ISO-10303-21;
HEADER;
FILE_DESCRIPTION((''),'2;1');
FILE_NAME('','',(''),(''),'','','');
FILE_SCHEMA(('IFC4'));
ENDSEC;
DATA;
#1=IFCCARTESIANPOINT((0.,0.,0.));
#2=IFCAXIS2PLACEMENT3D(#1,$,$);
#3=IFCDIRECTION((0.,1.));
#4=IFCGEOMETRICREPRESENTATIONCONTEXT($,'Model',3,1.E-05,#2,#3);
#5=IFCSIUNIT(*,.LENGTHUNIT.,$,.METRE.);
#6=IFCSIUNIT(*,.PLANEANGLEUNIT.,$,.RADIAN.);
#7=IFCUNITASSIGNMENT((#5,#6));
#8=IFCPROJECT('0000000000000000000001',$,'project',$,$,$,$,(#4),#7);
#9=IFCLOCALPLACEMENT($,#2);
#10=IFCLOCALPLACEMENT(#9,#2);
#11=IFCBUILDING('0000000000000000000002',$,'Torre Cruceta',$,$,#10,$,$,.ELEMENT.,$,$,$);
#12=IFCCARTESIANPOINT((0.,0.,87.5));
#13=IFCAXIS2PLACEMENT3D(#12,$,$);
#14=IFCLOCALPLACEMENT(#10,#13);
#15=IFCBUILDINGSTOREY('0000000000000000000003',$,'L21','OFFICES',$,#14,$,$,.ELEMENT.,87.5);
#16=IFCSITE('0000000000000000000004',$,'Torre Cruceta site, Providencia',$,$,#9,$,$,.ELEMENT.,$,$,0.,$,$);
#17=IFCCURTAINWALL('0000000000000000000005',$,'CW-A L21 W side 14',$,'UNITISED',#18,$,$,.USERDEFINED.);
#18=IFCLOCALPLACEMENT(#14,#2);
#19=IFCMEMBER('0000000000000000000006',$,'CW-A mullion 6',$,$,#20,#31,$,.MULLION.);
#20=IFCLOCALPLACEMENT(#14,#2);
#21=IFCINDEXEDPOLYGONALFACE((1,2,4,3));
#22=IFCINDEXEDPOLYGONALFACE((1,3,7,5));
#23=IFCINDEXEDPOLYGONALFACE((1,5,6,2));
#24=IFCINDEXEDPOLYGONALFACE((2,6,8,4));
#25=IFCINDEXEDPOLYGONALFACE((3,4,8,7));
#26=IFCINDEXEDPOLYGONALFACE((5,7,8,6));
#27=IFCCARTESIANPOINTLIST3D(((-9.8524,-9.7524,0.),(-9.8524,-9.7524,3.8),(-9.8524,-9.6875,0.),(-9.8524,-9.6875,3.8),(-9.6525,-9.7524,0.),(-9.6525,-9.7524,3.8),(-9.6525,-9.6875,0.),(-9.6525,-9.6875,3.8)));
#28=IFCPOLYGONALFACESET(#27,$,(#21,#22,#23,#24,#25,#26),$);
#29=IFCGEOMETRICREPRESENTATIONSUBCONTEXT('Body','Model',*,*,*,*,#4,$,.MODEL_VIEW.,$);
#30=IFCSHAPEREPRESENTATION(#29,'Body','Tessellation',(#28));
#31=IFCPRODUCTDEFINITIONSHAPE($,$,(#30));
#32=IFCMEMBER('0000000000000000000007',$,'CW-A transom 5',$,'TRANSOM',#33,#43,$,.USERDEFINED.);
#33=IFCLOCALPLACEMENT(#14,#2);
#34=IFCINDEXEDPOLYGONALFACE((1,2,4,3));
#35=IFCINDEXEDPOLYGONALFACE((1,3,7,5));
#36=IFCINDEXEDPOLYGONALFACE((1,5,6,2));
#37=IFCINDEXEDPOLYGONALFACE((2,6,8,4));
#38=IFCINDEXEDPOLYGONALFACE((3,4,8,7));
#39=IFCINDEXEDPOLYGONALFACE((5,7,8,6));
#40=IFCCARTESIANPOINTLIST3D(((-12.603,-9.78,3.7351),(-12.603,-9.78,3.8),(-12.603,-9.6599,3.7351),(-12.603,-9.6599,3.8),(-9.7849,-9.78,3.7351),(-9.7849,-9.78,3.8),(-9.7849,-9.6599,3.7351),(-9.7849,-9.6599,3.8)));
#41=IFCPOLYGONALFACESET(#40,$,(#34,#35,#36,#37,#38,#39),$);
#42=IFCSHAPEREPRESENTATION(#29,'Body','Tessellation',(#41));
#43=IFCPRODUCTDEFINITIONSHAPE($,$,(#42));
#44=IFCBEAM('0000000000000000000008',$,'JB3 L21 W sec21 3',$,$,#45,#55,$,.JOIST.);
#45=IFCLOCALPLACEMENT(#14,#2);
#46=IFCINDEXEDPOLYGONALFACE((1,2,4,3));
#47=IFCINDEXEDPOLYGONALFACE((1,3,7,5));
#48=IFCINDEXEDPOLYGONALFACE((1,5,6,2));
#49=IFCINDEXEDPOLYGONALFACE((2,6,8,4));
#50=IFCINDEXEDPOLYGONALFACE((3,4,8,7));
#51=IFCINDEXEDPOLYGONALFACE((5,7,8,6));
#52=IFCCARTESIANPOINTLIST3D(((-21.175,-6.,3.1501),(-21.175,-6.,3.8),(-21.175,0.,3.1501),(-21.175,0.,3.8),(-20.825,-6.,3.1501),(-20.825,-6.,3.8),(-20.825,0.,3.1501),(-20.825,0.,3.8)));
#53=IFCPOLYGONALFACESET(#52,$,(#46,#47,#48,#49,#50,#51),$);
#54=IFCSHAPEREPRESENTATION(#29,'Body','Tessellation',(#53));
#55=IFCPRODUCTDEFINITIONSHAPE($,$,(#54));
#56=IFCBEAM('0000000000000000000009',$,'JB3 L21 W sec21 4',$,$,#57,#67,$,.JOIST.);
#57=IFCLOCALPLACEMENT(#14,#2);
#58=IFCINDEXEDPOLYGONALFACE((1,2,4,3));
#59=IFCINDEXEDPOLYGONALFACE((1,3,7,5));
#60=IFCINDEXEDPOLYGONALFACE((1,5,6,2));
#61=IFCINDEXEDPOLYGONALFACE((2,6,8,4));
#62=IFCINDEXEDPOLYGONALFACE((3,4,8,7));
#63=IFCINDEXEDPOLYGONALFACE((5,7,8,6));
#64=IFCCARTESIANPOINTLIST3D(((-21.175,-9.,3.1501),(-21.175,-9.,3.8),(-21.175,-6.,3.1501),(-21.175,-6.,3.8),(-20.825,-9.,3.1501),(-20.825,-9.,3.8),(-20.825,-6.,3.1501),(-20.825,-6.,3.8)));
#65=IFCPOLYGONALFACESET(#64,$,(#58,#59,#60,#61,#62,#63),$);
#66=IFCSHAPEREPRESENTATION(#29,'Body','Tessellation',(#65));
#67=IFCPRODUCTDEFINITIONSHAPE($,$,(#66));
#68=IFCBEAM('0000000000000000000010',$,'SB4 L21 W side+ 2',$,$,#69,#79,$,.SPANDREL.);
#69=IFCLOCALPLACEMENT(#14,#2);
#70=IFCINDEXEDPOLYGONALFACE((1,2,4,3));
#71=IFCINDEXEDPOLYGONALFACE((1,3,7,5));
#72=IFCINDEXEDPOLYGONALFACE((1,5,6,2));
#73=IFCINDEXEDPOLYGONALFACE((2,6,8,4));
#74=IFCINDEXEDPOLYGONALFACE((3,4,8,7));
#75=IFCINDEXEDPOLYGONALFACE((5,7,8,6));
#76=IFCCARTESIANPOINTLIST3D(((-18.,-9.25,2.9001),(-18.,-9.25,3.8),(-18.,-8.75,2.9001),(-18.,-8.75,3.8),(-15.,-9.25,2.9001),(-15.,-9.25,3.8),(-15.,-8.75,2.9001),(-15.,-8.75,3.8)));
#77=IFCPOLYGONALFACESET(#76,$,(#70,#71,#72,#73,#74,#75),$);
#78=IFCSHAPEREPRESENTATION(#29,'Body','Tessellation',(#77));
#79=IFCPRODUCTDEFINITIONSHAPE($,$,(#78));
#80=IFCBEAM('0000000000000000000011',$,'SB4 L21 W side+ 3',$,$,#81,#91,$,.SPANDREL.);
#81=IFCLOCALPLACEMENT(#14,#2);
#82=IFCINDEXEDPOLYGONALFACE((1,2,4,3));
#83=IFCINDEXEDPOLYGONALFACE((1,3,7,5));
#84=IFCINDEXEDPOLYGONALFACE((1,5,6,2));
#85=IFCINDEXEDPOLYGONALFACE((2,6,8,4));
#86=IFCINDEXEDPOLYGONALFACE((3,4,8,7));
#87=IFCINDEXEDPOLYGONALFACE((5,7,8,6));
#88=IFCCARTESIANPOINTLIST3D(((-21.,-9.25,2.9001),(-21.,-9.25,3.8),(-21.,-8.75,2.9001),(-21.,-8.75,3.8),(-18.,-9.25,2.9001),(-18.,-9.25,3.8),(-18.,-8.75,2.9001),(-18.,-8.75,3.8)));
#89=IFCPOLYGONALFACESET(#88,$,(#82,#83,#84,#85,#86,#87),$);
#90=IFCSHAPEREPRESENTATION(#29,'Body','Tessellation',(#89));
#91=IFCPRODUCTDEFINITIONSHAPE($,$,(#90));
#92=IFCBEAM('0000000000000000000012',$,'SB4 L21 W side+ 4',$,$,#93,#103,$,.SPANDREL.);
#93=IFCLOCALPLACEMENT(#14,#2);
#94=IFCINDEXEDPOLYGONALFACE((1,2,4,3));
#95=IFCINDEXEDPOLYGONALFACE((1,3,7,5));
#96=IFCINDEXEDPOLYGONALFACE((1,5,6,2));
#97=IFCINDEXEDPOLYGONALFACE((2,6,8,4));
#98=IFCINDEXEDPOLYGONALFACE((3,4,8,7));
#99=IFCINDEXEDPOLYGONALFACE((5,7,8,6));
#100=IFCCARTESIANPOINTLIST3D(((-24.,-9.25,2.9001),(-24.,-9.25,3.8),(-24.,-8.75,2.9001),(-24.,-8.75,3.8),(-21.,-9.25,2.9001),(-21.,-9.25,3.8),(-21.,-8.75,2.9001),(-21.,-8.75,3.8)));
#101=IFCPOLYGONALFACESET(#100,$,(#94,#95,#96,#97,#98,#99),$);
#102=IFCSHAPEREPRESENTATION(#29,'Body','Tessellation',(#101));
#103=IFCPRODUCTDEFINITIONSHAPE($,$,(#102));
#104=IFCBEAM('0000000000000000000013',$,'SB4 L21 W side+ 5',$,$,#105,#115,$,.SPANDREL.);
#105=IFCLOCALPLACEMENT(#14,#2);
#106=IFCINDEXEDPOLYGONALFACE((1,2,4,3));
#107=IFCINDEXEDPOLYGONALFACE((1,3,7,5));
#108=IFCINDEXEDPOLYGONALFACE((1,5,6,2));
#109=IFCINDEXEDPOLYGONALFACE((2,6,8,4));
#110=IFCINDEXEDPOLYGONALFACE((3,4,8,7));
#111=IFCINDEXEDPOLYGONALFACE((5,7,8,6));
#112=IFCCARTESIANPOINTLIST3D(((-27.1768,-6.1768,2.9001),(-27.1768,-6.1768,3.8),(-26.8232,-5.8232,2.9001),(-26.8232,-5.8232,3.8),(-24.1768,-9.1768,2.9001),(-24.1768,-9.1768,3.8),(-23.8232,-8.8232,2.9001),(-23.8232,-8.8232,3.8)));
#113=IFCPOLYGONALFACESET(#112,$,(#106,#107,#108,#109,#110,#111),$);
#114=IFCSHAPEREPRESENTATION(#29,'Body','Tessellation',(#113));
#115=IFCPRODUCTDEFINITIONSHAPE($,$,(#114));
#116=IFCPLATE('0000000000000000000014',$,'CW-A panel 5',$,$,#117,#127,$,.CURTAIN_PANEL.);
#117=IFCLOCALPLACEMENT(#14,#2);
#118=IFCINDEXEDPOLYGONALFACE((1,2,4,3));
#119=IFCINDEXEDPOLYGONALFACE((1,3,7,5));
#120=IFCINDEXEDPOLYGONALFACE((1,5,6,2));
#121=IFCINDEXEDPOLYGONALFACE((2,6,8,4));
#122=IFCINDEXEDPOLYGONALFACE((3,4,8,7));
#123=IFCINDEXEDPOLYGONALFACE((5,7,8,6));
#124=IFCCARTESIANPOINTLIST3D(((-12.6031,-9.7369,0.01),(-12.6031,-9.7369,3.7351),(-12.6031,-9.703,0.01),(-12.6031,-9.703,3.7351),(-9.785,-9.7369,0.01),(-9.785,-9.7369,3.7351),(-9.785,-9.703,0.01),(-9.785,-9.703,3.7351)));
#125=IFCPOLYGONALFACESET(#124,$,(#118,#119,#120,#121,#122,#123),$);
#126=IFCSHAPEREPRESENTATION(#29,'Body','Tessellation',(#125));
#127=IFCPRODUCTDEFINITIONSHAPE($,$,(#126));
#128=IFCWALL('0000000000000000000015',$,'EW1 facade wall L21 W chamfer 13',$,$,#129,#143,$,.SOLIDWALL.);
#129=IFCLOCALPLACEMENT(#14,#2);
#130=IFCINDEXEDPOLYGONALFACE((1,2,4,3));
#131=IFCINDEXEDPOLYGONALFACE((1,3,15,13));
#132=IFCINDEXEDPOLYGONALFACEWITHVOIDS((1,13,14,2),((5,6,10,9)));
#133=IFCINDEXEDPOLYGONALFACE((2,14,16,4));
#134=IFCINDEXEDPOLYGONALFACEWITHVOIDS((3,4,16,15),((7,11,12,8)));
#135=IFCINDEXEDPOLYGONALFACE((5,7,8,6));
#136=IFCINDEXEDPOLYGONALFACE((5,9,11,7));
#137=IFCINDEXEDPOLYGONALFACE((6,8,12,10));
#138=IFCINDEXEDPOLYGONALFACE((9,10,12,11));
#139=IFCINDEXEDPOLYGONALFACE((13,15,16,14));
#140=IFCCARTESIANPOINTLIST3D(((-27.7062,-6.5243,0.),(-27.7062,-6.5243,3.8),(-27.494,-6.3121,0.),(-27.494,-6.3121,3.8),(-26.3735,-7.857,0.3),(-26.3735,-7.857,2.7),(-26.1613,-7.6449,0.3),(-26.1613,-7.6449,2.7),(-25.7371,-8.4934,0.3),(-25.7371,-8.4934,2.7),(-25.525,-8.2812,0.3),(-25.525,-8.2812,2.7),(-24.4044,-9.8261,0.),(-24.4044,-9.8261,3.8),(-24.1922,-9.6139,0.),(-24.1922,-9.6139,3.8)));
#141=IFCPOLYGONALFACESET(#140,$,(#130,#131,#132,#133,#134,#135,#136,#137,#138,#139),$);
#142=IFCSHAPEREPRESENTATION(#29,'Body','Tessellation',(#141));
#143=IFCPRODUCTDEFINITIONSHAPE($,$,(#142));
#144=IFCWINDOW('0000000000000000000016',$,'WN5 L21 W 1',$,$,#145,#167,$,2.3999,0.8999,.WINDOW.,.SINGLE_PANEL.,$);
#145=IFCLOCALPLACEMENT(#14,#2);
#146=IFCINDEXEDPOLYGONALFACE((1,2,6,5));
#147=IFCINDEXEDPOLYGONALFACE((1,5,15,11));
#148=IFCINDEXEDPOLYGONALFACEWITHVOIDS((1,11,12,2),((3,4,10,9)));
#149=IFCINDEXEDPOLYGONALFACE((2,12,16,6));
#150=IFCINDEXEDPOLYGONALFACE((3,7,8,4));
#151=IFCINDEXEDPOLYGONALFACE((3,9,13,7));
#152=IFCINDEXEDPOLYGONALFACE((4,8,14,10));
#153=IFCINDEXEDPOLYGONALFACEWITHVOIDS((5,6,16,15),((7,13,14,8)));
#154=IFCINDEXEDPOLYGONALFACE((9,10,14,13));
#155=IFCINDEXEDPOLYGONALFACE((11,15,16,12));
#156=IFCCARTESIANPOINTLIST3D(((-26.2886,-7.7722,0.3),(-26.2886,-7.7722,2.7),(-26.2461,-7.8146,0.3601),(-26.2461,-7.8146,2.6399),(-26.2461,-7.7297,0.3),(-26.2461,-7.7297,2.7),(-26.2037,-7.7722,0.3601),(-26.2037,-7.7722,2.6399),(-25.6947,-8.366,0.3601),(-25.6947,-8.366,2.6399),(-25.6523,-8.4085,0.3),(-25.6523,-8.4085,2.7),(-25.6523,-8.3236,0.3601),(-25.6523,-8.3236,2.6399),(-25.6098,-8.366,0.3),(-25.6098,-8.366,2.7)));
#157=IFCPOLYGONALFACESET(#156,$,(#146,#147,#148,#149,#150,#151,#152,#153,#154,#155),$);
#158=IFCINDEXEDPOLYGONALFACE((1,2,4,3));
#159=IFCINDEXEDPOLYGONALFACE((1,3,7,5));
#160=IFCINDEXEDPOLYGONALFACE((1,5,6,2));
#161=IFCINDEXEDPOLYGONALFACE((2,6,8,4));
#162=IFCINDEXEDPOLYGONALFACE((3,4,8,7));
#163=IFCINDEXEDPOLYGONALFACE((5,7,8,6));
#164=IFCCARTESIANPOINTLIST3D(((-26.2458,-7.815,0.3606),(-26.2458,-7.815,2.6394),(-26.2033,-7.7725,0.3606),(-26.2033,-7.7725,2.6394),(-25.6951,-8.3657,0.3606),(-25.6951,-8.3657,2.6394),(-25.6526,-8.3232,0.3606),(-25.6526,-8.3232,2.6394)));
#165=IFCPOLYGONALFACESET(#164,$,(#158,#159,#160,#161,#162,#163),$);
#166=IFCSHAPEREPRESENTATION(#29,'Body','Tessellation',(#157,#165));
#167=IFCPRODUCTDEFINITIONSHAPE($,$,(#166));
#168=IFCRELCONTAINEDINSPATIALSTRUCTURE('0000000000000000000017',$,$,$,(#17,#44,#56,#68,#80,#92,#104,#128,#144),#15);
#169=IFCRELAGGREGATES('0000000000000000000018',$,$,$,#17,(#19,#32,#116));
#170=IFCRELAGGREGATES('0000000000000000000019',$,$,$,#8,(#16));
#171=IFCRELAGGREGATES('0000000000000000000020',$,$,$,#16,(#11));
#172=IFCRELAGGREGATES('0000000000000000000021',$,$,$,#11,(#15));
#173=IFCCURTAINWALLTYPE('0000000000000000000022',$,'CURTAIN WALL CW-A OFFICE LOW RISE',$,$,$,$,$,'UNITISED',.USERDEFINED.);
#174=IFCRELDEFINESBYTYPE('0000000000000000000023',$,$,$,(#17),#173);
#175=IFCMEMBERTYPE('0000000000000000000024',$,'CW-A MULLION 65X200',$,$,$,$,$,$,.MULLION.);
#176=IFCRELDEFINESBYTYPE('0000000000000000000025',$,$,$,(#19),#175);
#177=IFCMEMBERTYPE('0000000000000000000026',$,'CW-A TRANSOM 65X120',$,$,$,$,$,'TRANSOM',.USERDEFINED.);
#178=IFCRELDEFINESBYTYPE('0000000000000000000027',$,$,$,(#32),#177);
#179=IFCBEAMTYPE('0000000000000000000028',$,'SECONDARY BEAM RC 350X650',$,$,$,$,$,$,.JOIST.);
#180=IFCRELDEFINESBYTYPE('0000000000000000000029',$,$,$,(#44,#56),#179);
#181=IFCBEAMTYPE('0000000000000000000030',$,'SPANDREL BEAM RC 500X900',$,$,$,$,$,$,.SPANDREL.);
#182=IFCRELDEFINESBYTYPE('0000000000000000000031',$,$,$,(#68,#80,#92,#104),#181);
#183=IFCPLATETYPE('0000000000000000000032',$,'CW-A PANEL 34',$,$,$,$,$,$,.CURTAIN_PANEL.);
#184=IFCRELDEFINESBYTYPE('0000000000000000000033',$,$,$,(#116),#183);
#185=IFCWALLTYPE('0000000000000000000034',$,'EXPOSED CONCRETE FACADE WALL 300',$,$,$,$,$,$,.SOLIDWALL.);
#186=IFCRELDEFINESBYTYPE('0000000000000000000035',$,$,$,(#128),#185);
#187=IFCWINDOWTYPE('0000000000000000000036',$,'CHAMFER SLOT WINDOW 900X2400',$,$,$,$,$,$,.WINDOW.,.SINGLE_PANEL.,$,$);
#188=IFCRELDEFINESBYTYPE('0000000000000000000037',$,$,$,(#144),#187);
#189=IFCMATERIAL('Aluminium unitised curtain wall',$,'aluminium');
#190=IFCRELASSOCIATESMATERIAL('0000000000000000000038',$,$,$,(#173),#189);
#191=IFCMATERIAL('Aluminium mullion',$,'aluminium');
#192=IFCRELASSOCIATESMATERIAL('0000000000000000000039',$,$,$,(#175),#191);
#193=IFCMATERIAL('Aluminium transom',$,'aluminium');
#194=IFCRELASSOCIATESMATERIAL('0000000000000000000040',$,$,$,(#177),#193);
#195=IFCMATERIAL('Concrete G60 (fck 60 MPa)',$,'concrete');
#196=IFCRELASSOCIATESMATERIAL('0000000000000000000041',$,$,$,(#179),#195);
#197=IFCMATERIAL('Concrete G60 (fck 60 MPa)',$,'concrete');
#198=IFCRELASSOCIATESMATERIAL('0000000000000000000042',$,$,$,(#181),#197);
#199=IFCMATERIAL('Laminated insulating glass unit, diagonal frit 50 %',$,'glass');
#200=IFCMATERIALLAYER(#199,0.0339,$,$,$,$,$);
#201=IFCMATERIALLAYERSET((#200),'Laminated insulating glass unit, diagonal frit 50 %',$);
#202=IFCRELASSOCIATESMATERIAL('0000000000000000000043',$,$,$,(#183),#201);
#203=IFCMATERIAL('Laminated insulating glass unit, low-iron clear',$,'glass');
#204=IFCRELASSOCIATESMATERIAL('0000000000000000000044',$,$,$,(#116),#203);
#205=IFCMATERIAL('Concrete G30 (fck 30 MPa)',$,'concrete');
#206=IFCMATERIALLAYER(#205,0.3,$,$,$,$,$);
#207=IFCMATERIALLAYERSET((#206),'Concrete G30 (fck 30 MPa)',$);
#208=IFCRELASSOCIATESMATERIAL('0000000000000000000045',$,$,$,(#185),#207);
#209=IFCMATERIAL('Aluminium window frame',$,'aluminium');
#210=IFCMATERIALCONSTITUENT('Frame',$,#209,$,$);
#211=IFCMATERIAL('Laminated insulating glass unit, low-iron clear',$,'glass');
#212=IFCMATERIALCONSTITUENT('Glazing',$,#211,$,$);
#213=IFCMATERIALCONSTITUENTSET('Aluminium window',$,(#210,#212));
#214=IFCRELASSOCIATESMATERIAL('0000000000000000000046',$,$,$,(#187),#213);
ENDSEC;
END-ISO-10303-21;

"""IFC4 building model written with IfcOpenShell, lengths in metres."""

from ifc_helpers import new_model, si_unit, direction, frame, frame_2d, origin, origin_2d, place, context, subcontext, project, spatial, rectangle, hollow_rectangle, extrude, material, layer, layer_set, constituent, constituent_set, material_profile, profile_set, type_object, element, fill, aggregate, save


model = new_model("IFC4")

# Units and contexts
model_context = context("Model", 3, precision=1e-05, world=origin(), true_north=direction((0.0, 1.0)))
body_context = subcontext(model_context, "Body", "Model", "MODEL_VIEW")
ifc_project = project(units=[si_unit("LENGTHUNIT", "METRE"), si_unit("PLANEANGLEUNIT", "RADIAN")], contexts=[model_context])

# Site, building, storey
site_placement = place(None, origin())
site = spatial("IfcSite", under=ifc_project, at=site_placement, Name="Torre Cruceta site, Providencia", CompositionType="ELEMENT", RefElevation=0.0)
building_placement = place(site_placement, origin())
building = spatial("IfcBuilding", under=site, at=building_placement, Name="Torre Cruceta", CompositionType="ELEMENT")
storey_placement = place(building_placement, frame((0.0, 0.0, 87.5)))
storey = spatial("IfcBuildingStorey", under=building, at=storey_placement, Name="L21", Description="OFFICES", CompositionType="ELEMENT", Elevation=87.5)

# Curtain wall, members
ifc_material_1 = material(Name="Aluminium unitised curtain wall", Category="aluminium")
curtain_wall_type = type_object("IfcCurtainWallType", Name="CURTAIN WALL CW-A OFFICE LOW RISE", ElementType="UNITISED", PredefinedType="USERDEFINED", material=ifc_material_1)
curtain_wall_placement = place(storey_placement, origin())
curtain_wall = element("IfcCurtainWall", 1, at=curtain_wall_placement, inside=storey, type_object=curtain_wall_type, Name="CW-A L21 W side 14", ObjectType="UNITISED", PredefinedType="USERDEFINED")
ifc_material_2 = material(Name="Aluminium mullion", Category="aluminium")
ifc_material_profile_1 = material_profile(ifc_material_2, rectangle(XDim=0.0649, YDim=0.2, at=origin_2d()), Name="AL 65X200")
ifc_profile_set_1 = profile_set([ifc_material_profile_1], Name="Aluminium mullion")
member_type_1 = type_object("IfcMemberType", Name="CW-A MULLION 65X200", PredefinedType="MULLION", material=ifc_profile_set_1)
member_1_placement = place(storey_placement, frame((-9.7524, -9.72, 0.0), z_axis=(0.0, 0.0, 1.0), x_axis=(0.0, 1.0, 0.0)))
member_1 = element("IfcMember", 2, at=member_1_placement, type_object=member_type_1, Name="CW-A mullion 6", PredefinedType="MULLION", context=body_context, shape_type="SweptSolid", body=[
    extrude(rectangle(XDim=0.0649, YDim=0.2, at=origin_2d()), origin(), (0.0, 0.0, 1.0), 3.8),
])
ifc_material_3 = material(Name="Aluminium transom", Category="aluminium")
ifc_material_profile_2 = material_profile(ifc_material_3, rectangle(XDim=0.1201, YDim=0.0649, at=origin_2d()), Name="AL 120X65")
ifc_profile_set_2 = profile_set([ifc_material_profile_2], Name="Aluminium transom")
member_type_2 = type_object("IfcMemberType", Name="CW-A TRANSOM 65X120", ElementType="TRANSOM", PredefinedType="USERDEFINED", material=ifc_profile_set_2)
member_2_placement = place(storey_placement, frame((-12.603, -9.72, 3.7676), z_axis=(1.0, 0.0, 0.0), x_axis=(0.0, 1.0, 0.0)))
member_2 = element("IfcMember", 3, at=member_2_placement, type_object=member_type_2, Name="CW-A transom 5", ObjectType="TRANSOM", PredefinedType="USERDEFINED", context=body_context, shape_type="SweptSolid", body=[
    extrude(rectangle(XDim=0.1201, YDim=0.0649, at=origin_2d()), origin(), (0.0, 0.0, 1.0), 2.8181),
])

# Beams
ifc_material_4 = material(Name="Concrete G60 (fck 60 MPa)", Category="concrete")
ifc_material_profile_3 = material_profile(ifc_material_4, rectangle(XDim=0.3501, YDim=0.6499, at=origin_2d()), Name="RC 350X650")
ifc_profile_set_3 = profile_set([ifc_material_profile_3], Name="Concrete G60 (fck 60 MPa)")
beam_type_1 = type_object("IfcBeamType", Name="SECONDARY BEAM RC 350X650", PredefinedType="JOIST", material=ifc_profile_set_3)
beam_1_placement = place(storey_placement, frame((-21.0, 0.0, 3.4751), z_axis=(0.0, -1.0, 0.0), x_axis=(1.0, 0.0, 0.0)))
element("IfcBeam", 4, at=beam_1_placement, inside=storey, type_object=beam_type_1, Name="JB3 L21 W sec21 3", PredefinedType="JOIST", context=body_context, shape_type="SweptSolid", body=[
    extrude(rectangle(XDim=0.3501, YDim=0.6499, at=origin_2d()), origin(), (0.0, 0.0, 1.0), 6.0),
])
beam_2_placement = place(storey_placement, frame((-21.0, -6.0, 3.4751), z_axis=(0.0, -1.0, 0.0), x_axis=(1.0, 0.0, 0.0)))
element("IfcBeam", 5, at=beam_2_placement, inside=storey, type_object=beam_type_1, Name="JB3 L21 W sec21 4", PredefinedType="JOIST", context=body_context, shape_type="SweptSolid", body=[
    extrude(rectangle(XDim=0.3501, YDim=0.6499, at=origin_2d()), origin(), (0.0, 0.0, 1.0), 3.0),
])
ifc_material_5 = material(Name="Concrete G60 (fck 60 MPa)", Category="concrete")
ifc_material_profile_4 = material_profile(ifc_material_5, rectangle(XDim=0.5, YDim=0.8999, at=origin_2d()), Name="RC 500X900")
ifc_profile_set_4 = profile_set([ifc_material_profile_4], Name="Concrete G60 (fck 60 MPa)")
beam_type_2 = type_object("IfcBeamType", Name="SPANDREL BEAM RC 500X900", PredefinedType="SPANDREL", material=ifc_profile_set_4)
for number, where, z_axis, x_axis, name in (
    (6, (-15.0, -9.0, 3.3501), (-1.0, 0.0, 0.0), (0.0, -1.0, 0.0), "SB4 L21 W side+ 2"),
    (7, (-18.0, -9.0, 3.3501), (-1.0, 0.0, 0.0), (0.0, -1.0, 0.0), "SB4 L21 W side+ 3"),
    (8, (-21.0, -9.0, 3.3501), (-1.0, 0.0, 0.0), (0.0, -1.0, 0.0), "SB4 L21 W side+ 4"),
):
    element("IfcBeam", number, at=place(storey_placement, frame(where, z_axis=z_axis, x_axis=x_axis)), inside=storey, type_object=beam_type_2, Name=name, PredefinedType="SPANDREL", context=body_context, shape_type="SweptSolid", body=[
        extrude(rectangle(XDim=0.5, YDim=0.8999, at=origin_2d()), origin(), (0.0, 0.0, 1.0), 3.0),
    ])
beam_3_placement = place(storey_placement, frame((-24.0, -9.0, 3.3501), z_axis=(-0.707107, 0.707107, 0.0), x_axis=(-0.707107, -0.707107, 0.0)))
element("IfcBeam", 9, at=beam_3_placement, inside=storey, type_object=beam_type_2, Name="SB4 L21 W side+ 5", PredefinedType="SPANDREL", context=body_context, shape_type="SweptSolid", body=[
    extrude(rectangle(XDim=0.5, YDim=0.8999, at=origin_2d()), origin(), (0.0, 0.0, 1.0), 4.2427),
])

# Plate
ifc_material_6 = material(Name="Laminated insulating glass unit, low-iron clear", Category="glass")
ifc_material_7 = material(Name="Laminated insulating glass unit, diagonal frit 50 %", Category="glass")
ifc_layer_1 = layer(ifc_material_7, 0.0339)
ifc_layer_set_1 = layer_set([ifc_layer_1], Name="Laminated insulating glass unit, diagonal frit 50 %")
plate_type = type_object("IfcPlateType", Name="CW-A PANEL 34", PredefinedType="CURTAIN_PANEL", material=ifc_layer_set_1)
plate_placement = place(storey_placement, frame((-11.1941, -9.72, 0.01), z_axis=(0.0, 0.0, 1.0), x_axis=(1.0, 0.0, 0.0)))
plate = element("IfcPlate", 10, at=plate_placement, type_object=plate_type, material=ifc_material_6, Name="CW-A panel 5", PredefinedType="CURTAIN_PANEL", context=body_context, shape_type="SweptSolid", body=[
    extrude(rectangle(XDim=2.8181, YDim=0.0339, at=origin_2d()), origin(), (0.0, 0.0, 1.0), 3.7251),
])
aggregate(curtain_wall, [member_1, member_2, plate])

# Wall, opening, window
ifc_material_8 = material(Name="Concrete G30 (fck 30 MPa)", Category="concrete")
ifc_layer_2 = layer(ifc_material_8, 0.3)
ifc_layer_set_2 = layer_set([ifc_layer_2], Name="Concrete G30 (fck 30 MPa)")
wall_type_1 = type_object("IfcWallType", Name="EXPOSED CONCRETE FACADE WALL 300", PredefinedType="SOLIDWALL", material=ifc_layer_set_2)
wall_1_placement = place(storey_placement, frame((-27.6001, -6.4182, 0.0), z_axis=(0.0, 0.0, 1.0), x_axis=(0.707107, -0.707107, 0.0)))
wall_1 = element("IfcWall", 11, at=wall_1_placement, inside=storey, type_object=wall_type_1, Name="EW1 facade wall L21 W chamfer 13", PredefinedType="SOLIDWALL", context=body_context, shape_type="SweptSolid", body=[
    extrude(rectangle(XDim=4.6694, YDim=0.3, at=frame_2d((2.3347, 0.0))), origin(), (0.0, 0.0, 1.0), 3.8),
])
opening_1_placement = place(wall_1_placement, frame((1.8848, 0.0, 0.3)))
opening_1 = element("IfcOpeningElement", 12, at=opening_1_placement, cuts=wall_1, PredefinedType="OPENING", context=body_context, shape_type="SweptSolid", body=[
    extrude(rectangle(XDim=0.8999, YDim=2.3999, at=frame_2d((0.45, 1.2))), frame((0.0, 0.1599, 0.0), z_axis=(0.0, -1.0, 0.0), x_axis=(1.0, 0.0, 0.0)), (0.0, 0.0, 1.0), 0.3201),
])
ifc_material_9 = material(Name="Aluminium window frame", Category="aluminium")
ifc_constituent_1 = constituent(ifc_material_9, Name="Frame")
ifc_material_10 = material(Name="Laminated insulating glass unit, low-iron clear", Category="glass")
ifc_constituent_2 = constituent(ifc_material_10, Name="Glazing")
ifc_constituent_set_1 = constituent_set(constituents=[ifc_constituent_1, ifc_constituent_2], Name="Aluminium window")
window_type = type_object("IfcWindowType", Name="CHAMFER SLOT WINDOW 900X2400", PartitioningType="SINGLE_PANEL", PredefinedType="WINDOW", material=ifc_constituent_set_1)
window_placement = place(opening_1_placement, origin())
window = element("IfcWindow", 13, at=window_placement, inside=storey, type_object=window_type, Name="WN5 L21 W 1", OverallHeight=2.3999, OverallWidth=0.8999, PartitioningType="SINGLE_PANEL", PredefinedType="WINDOW", context=body_context, shape_type="SweptSolid", body=[
    extrude(hollow_rectangle(XDim=0.8999, YDim=2.3999, WallThickness=0.0601, at=frame_2d((0.45, 1.2))), frame((0.0, 0.03, 0.0), z_axis=(0.0, -1.0, 0.0), x_axis=(1.0, 0.0, 0.0)), (0.0, 0.0, 1.0), 0.0601),
    extrude(rectangle(XDim=0.7788, YDim=2.2788, at=frame_2d((0.45, 1.2))), frame((0.0, 0.03, 0.0), z_axis=(0.0, -1.0, 0.0), x_axis=(1.0, 0.0, 0.0)), (0.0, 0.0, 1.0), 0.0601),
])
fill(opening_1, window)

save(model, "model.ifc")
